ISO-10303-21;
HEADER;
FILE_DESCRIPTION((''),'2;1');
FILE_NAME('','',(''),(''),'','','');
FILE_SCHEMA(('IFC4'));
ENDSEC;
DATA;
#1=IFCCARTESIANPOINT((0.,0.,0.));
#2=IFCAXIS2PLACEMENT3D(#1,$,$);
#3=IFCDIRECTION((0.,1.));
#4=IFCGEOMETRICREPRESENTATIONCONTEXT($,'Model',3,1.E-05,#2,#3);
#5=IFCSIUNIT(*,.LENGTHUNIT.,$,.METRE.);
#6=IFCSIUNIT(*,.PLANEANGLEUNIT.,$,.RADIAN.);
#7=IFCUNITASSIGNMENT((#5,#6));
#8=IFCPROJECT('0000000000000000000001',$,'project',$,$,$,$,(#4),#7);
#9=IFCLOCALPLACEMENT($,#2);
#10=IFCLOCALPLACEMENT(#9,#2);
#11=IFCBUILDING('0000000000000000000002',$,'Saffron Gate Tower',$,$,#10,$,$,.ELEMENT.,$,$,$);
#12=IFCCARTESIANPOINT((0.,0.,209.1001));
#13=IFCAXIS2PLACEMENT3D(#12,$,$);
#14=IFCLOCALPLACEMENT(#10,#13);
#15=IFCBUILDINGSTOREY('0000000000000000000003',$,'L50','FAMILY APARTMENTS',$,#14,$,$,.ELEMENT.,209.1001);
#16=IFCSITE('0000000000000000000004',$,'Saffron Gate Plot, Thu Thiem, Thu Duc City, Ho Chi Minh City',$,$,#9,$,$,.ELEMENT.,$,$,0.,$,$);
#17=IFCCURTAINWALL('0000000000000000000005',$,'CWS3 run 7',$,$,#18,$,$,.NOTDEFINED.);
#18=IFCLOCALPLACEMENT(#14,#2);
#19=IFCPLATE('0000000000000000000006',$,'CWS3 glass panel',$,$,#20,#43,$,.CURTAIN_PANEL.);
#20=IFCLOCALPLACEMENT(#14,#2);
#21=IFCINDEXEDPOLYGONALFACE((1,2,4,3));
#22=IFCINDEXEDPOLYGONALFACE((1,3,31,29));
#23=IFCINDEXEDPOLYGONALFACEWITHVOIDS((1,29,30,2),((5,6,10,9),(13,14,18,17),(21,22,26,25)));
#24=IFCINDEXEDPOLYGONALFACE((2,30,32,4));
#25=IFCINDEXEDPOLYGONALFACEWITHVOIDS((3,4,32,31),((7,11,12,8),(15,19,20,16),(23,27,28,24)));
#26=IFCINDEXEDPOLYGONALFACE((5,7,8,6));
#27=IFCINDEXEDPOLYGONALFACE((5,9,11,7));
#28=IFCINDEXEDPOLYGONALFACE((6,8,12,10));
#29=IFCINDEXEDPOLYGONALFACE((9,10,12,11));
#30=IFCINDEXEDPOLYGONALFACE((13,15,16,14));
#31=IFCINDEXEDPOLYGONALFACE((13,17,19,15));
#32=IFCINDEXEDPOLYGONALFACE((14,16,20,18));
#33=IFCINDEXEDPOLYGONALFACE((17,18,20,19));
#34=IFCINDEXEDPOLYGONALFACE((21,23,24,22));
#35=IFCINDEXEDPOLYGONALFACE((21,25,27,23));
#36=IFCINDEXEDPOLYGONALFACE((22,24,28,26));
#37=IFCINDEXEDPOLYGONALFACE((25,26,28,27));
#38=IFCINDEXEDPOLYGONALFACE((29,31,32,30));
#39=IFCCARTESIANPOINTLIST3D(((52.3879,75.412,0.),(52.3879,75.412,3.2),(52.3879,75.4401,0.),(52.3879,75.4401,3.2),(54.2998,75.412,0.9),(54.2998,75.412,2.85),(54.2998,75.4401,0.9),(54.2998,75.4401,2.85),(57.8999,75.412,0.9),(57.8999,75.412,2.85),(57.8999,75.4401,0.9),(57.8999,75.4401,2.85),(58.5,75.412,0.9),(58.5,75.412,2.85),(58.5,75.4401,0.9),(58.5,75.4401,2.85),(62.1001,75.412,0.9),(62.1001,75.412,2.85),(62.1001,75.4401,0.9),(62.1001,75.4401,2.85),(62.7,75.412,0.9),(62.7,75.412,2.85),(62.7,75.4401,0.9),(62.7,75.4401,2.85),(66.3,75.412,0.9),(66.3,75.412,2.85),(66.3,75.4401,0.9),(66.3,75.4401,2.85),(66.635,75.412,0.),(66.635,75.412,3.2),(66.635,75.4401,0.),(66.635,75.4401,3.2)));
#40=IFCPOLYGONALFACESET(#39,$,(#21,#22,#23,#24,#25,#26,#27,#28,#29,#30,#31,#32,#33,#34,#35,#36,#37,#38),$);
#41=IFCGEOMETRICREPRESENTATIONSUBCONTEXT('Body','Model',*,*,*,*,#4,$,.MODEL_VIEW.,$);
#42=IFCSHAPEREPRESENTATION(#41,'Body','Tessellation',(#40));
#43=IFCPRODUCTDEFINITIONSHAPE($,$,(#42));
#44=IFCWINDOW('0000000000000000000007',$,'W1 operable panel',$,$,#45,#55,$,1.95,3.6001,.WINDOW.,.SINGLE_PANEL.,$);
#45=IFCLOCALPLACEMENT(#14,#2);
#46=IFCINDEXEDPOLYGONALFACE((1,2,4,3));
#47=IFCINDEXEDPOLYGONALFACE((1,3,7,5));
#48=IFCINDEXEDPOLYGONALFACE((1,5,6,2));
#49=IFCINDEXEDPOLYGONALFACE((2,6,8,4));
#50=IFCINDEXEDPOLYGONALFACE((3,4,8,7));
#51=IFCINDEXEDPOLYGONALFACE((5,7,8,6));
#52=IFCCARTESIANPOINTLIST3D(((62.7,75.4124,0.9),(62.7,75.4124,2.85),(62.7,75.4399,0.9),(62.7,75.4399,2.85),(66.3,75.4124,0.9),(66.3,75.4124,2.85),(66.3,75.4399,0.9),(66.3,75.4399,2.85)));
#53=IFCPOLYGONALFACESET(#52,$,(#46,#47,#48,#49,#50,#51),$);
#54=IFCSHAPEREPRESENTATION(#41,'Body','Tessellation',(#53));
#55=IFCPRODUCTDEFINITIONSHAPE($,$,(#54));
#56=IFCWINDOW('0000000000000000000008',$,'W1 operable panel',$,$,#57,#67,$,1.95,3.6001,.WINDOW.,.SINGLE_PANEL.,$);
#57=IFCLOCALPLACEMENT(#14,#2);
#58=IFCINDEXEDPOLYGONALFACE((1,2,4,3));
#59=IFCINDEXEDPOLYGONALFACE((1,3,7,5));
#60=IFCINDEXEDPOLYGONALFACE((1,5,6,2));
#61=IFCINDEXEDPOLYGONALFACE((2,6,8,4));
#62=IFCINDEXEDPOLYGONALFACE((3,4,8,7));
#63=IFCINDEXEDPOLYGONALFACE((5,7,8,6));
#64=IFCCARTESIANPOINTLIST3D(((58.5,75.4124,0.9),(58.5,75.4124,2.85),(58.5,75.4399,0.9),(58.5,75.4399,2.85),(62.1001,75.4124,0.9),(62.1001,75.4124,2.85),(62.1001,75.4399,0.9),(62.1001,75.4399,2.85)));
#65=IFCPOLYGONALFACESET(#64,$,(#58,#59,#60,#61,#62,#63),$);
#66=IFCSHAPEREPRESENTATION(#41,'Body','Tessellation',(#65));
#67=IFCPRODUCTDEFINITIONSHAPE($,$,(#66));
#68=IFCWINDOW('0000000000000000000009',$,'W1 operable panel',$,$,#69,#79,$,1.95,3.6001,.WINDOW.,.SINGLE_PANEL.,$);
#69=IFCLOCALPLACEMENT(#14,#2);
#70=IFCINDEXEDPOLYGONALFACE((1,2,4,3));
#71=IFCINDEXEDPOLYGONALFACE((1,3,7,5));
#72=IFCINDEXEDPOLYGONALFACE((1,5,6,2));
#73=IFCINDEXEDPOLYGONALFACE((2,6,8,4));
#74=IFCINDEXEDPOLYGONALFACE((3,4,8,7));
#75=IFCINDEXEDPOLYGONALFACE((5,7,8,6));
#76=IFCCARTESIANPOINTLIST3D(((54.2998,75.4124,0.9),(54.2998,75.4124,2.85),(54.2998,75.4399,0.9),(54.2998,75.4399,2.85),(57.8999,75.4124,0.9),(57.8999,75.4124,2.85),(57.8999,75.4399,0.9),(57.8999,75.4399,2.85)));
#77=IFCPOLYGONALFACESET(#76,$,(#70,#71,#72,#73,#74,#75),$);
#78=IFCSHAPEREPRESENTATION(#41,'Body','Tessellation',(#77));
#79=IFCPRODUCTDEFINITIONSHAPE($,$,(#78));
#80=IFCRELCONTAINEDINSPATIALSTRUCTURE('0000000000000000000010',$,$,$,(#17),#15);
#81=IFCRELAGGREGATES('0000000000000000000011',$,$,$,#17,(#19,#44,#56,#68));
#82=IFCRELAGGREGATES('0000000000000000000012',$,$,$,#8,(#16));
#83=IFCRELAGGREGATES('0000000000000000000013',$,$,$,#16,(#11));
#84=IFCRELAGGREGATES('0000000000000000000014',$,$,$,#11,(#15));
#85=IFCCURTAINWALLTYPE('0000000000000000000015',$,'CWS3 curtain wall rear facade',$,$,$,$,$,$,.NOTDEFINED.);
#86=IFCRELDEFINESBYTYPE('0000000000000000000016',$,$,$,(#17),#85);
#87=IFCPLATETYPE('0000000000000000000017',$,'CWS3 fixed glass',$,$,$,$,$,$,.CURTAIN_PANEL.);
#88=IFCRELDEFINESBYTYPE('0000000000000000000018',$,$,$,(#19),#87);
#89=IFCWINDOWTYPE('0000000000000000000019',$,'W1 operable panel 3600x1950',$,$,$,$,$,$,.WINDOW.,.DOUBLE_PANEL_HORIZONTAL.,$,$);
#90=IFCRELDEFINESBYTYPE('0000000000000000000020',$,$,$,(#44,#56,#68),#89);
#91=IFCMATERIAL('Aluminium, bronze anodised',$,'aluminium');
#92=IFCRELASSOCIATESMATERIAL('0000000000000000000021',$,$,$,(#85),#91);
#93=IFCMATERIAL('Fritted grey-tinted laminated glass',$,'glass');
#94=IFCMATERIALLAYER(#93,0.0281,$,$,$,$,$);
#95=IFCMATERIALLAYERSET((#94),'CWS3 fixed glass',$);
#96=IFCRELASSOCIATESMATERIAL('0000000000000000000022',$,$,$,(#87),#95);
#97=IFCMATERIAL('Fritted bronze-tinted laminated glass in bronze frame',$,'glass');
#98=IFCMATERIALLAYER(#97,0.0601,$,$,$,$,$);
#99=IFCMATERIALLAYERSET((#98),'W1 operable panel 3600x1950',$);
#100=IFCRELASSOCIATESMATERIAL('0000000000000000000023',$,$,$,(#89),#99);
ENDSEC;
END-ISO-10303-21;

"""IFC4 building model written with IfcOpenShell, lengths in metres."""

from ifc_helpers import new_model, si_unit, direction, frame, frame_2d, origin, place, context, subcontext, project, spatial, rectangle, extrude, material, layer, layer_set, type_object, element, fill, aggregate, save


model = new_model("IFC4")

# Units and contexts
model_context = context("Model", 3, precision=1e-05, world=origin(), true_north=direction((0.0, 1.0)))
body_context = subcontext(model_context, "Body", "Model", "MODEL_VIEW")
ifc_project = project(units=[si_unit("LENGTHUNIT", "METRE"), si_unit("PLANEANGLEUNIT", "RADIAN")], contexts=[model_context])

# Site, building, storey
site_placement = place(None, origin())
site = spatial("IfcSite", under=ifc_project, at=site_placement, Name="Saffron Gate Plot, Thu Thiem, Thu Duc City, Ho Chi Minh City", CompositionType="ELEMENT", RefElevation=0.0)
building_placement = place(site_placement, origin())
building = spatial("IfcBuilding", under=site, at=building_placement, Name="Saffron Gate Tower", CompositionType="ELEMENT")
storey_placement = place(building_placement, frame((0.0, 0.0, 209.1001)))
storey = spatial("IfcBuildingStorey", under=building, at=storey_placement, Name="L50", Description="FAMILY APARTMENTS", CompositionType="ELEMENT", Elevation=209.1001)

# Curtain wall, plate, openings, windows
ifc_material_1 = material(Name="Aluminium, bronze anodised", Category="aluminium")
curtain_wall_type = type_object("IfcCurtainWallType", Name="CWS3 curtain wall rear facade", PredefinedType="NOTDEFINED", material=ifc_material_1)
curtain_wall_placement = place(storey_placement, origin())
curtain_wall = element("IfcCurtainWall", 1, at=curtain_wall_placement, inside=storey, type_object=curtain_wall_type, Name="CWS3 run 7", PredefinedType="NOTDEFINED")
ifc_material_2 = material(Name="Fritted grey-tinted laminated glass", Category="glass")
ifc_layer_1 = layer(ifc_material_2, 0.0281)
ifc_layer_set_1 = layer_set([ifc_layer_1], Name="CWS3 fixed glass")
plate_type = type_object("IfcPlateType", Name="CWS3 fixed glass", PredefinedType="CURTAIN_PANEL", material=ifc_layer_set_1)
plate_placement = place(storey_placement, frame((66.635, 75.426, 0.0), z_axis=(0.0, 0.0, 1.0), x_axis=(-1.0, 0.0, 0.0)))
plate = element("IfcPlate", 2, at=plate_placement, type_object=plate_type, Name="CWS3 glass panel", PredefinedType="CURTAIN_PANEL", context=body_context, shape_type="SweptSolid", body=[
    extrude(rectangle(XDim=14.2471, YDim=0.0281, at=frame_2d((7.1235, 0.0))), origin(), (0.0, 0.0, 1.0), 3.2),
])
opening_1_placement = place(plate_placement, frame((0.335, 0.0, 0.8999)))
opening_1 = element("IfcOpeningElement", 3, at=opening_1_placement, cuts=plate, PredefinedType="OPENING", context=body_context, shape_type="SweptSolid", body=[
    extrude(rectangle(XDim=3.6001, YDim=1.95, at=frame_2d((1.8, 0.9751))), frame((0.0, 0.0239, 0.0), z_axis=(0.0, -1.0, 0.0), x_axis=(1.0, 0.0, 0.0)), (0.0, 0.0, 1.0), 0.0481),
])
opening_2_placement = place(plate_placement, frame((4.5349, 0.0, 0.8999)))
opening_2 = element("IfcOpeningElement", 4, at=opening_2_placement, cuts=plate, PredefinedType="OPENING", context=body_context, shape_type="SweptSolid", body=[
    extrude(rectangle(XDim=3.6001, YDim=1.95, at=frame_2d((1.8, 0.9751))), frame((0.0, 0.0239, 0.0), z_axis=(0.0, -1.0, 0.0), x_axis=(1.0, 0.0, 0.0)), (0.0, 0.0, 1.0), 0.0481),
])
opening_3_placement = place(plate_placement, frame((8.7351, 0.0, 0.8999)))
opening_3 = element("IfcOpeningElement", 5, at=opening_3_placement, cuts=plate, PredefinedType="OPENING", context=body_context, shape_type="SweptSolid", body=[
    extrude(rectangle(XDim=3.6001, YDim=1.95, at=frame_2d((1.8, 0.9751))), frame((0.0, 0.0239, 0.0), z_axis=(0.0, -1.0, 0.0), x_axis=(1.0, 0.0, 0.0)), (0.0, 0.0, 1.0), 0.0481),
])
ifc_material_3 = material(Name="Fritted bronze-tinted laminated glass in bronze frame", Category="glass")
ifc_layer_2 = layer(ifc_material_3, 0.0601)
ifc_layer_set_2 = layer_set([ifc_layer_2], Name="W1 operable panel 3600x1950")
window_type = type_object("IfcWindowType", Name="W1 operable panel 3600x1950", PartitioningType="DOUBLE_PANEL_HORIZONTAL", PredefinedType="WINDOW", material=ifc_layer_set_2)
window_1_placement = place(opening_1_placement, origin())
window_1 = element("IfcWindow", 6, at=window_1_placement, type_object=window_type, Name="W1 operable panel", OverallHeight=1.95, OverallWidth=3.6001, PartitioningType="SINGLE_PANEL", PredefinedType="WINDOW", context=body_context, shape_type="SweptSolid", body=[
    extrude(rectangle(XDim=3.6001, YDim=1.95, at=frame_2d((1.8, 0.9751))), frame((0.0, 0.0137, 0.0), z_axis=(0.0, -1.0, 0.0), x_axis=(1.0, 0.0, 0.0)), (0.0, 0.0, 1.0), 0.0276),
])
fill(opening_1, window_1)
window_2_placement = place(opening_2_placement, origin())
window_2 = element("IfcWindow", 7, at=window_2_placement, type_object=window_type, Name="W1 operable panel", OverallHeight=1.95, OverallWidth=3.6001, PartitioningType="SINGLE_PANEL", PredefinedType="WINDOW", context=body_context, shape_type="SweptSolid", body=[
    extrude(rectangle(XDim=3.6001, YDim=1.95, at=frame_2d((1.8, 0.9751))), frame((0.0, 0.0137, 0.0), z_axis=(0.0, -1.0, 0.0), x_axis=(1.0, 0.0, 0.0)), (0.0, 0.0, 1.0), 0.0276),
])
fill(opening_2, window_2)
window_3_placement = place(opening_3_placement, origin())
window_3 = element("IfcWindow", 8, at=window_3_placement, type_object=window_type, Name="W1 operable panel", OverallHeight=1.95, OverallWidth=3.6001, PartitioningType="SINGLE_PANEL", PredefinedType="WINDOW", context=body_context, shape_type="SweptSolid", body=[
    extrude(rectangle(XDim=3.6001, YDim=1.95, at=frame_2d((1.8, 0.9751))), frame((0.0, 0.0137, 0.0), z_axis=(0.0, -1.0, 0.0), x_axis=(1.0, 0.0, 0.0)), (0.0, 0.0, 1.0), 0.0276),
])
fill(opening_3, window_3)
aggregate(curtain_wall, [plate, window_1, window_2, window_3])

save(model, "model.ifc")
